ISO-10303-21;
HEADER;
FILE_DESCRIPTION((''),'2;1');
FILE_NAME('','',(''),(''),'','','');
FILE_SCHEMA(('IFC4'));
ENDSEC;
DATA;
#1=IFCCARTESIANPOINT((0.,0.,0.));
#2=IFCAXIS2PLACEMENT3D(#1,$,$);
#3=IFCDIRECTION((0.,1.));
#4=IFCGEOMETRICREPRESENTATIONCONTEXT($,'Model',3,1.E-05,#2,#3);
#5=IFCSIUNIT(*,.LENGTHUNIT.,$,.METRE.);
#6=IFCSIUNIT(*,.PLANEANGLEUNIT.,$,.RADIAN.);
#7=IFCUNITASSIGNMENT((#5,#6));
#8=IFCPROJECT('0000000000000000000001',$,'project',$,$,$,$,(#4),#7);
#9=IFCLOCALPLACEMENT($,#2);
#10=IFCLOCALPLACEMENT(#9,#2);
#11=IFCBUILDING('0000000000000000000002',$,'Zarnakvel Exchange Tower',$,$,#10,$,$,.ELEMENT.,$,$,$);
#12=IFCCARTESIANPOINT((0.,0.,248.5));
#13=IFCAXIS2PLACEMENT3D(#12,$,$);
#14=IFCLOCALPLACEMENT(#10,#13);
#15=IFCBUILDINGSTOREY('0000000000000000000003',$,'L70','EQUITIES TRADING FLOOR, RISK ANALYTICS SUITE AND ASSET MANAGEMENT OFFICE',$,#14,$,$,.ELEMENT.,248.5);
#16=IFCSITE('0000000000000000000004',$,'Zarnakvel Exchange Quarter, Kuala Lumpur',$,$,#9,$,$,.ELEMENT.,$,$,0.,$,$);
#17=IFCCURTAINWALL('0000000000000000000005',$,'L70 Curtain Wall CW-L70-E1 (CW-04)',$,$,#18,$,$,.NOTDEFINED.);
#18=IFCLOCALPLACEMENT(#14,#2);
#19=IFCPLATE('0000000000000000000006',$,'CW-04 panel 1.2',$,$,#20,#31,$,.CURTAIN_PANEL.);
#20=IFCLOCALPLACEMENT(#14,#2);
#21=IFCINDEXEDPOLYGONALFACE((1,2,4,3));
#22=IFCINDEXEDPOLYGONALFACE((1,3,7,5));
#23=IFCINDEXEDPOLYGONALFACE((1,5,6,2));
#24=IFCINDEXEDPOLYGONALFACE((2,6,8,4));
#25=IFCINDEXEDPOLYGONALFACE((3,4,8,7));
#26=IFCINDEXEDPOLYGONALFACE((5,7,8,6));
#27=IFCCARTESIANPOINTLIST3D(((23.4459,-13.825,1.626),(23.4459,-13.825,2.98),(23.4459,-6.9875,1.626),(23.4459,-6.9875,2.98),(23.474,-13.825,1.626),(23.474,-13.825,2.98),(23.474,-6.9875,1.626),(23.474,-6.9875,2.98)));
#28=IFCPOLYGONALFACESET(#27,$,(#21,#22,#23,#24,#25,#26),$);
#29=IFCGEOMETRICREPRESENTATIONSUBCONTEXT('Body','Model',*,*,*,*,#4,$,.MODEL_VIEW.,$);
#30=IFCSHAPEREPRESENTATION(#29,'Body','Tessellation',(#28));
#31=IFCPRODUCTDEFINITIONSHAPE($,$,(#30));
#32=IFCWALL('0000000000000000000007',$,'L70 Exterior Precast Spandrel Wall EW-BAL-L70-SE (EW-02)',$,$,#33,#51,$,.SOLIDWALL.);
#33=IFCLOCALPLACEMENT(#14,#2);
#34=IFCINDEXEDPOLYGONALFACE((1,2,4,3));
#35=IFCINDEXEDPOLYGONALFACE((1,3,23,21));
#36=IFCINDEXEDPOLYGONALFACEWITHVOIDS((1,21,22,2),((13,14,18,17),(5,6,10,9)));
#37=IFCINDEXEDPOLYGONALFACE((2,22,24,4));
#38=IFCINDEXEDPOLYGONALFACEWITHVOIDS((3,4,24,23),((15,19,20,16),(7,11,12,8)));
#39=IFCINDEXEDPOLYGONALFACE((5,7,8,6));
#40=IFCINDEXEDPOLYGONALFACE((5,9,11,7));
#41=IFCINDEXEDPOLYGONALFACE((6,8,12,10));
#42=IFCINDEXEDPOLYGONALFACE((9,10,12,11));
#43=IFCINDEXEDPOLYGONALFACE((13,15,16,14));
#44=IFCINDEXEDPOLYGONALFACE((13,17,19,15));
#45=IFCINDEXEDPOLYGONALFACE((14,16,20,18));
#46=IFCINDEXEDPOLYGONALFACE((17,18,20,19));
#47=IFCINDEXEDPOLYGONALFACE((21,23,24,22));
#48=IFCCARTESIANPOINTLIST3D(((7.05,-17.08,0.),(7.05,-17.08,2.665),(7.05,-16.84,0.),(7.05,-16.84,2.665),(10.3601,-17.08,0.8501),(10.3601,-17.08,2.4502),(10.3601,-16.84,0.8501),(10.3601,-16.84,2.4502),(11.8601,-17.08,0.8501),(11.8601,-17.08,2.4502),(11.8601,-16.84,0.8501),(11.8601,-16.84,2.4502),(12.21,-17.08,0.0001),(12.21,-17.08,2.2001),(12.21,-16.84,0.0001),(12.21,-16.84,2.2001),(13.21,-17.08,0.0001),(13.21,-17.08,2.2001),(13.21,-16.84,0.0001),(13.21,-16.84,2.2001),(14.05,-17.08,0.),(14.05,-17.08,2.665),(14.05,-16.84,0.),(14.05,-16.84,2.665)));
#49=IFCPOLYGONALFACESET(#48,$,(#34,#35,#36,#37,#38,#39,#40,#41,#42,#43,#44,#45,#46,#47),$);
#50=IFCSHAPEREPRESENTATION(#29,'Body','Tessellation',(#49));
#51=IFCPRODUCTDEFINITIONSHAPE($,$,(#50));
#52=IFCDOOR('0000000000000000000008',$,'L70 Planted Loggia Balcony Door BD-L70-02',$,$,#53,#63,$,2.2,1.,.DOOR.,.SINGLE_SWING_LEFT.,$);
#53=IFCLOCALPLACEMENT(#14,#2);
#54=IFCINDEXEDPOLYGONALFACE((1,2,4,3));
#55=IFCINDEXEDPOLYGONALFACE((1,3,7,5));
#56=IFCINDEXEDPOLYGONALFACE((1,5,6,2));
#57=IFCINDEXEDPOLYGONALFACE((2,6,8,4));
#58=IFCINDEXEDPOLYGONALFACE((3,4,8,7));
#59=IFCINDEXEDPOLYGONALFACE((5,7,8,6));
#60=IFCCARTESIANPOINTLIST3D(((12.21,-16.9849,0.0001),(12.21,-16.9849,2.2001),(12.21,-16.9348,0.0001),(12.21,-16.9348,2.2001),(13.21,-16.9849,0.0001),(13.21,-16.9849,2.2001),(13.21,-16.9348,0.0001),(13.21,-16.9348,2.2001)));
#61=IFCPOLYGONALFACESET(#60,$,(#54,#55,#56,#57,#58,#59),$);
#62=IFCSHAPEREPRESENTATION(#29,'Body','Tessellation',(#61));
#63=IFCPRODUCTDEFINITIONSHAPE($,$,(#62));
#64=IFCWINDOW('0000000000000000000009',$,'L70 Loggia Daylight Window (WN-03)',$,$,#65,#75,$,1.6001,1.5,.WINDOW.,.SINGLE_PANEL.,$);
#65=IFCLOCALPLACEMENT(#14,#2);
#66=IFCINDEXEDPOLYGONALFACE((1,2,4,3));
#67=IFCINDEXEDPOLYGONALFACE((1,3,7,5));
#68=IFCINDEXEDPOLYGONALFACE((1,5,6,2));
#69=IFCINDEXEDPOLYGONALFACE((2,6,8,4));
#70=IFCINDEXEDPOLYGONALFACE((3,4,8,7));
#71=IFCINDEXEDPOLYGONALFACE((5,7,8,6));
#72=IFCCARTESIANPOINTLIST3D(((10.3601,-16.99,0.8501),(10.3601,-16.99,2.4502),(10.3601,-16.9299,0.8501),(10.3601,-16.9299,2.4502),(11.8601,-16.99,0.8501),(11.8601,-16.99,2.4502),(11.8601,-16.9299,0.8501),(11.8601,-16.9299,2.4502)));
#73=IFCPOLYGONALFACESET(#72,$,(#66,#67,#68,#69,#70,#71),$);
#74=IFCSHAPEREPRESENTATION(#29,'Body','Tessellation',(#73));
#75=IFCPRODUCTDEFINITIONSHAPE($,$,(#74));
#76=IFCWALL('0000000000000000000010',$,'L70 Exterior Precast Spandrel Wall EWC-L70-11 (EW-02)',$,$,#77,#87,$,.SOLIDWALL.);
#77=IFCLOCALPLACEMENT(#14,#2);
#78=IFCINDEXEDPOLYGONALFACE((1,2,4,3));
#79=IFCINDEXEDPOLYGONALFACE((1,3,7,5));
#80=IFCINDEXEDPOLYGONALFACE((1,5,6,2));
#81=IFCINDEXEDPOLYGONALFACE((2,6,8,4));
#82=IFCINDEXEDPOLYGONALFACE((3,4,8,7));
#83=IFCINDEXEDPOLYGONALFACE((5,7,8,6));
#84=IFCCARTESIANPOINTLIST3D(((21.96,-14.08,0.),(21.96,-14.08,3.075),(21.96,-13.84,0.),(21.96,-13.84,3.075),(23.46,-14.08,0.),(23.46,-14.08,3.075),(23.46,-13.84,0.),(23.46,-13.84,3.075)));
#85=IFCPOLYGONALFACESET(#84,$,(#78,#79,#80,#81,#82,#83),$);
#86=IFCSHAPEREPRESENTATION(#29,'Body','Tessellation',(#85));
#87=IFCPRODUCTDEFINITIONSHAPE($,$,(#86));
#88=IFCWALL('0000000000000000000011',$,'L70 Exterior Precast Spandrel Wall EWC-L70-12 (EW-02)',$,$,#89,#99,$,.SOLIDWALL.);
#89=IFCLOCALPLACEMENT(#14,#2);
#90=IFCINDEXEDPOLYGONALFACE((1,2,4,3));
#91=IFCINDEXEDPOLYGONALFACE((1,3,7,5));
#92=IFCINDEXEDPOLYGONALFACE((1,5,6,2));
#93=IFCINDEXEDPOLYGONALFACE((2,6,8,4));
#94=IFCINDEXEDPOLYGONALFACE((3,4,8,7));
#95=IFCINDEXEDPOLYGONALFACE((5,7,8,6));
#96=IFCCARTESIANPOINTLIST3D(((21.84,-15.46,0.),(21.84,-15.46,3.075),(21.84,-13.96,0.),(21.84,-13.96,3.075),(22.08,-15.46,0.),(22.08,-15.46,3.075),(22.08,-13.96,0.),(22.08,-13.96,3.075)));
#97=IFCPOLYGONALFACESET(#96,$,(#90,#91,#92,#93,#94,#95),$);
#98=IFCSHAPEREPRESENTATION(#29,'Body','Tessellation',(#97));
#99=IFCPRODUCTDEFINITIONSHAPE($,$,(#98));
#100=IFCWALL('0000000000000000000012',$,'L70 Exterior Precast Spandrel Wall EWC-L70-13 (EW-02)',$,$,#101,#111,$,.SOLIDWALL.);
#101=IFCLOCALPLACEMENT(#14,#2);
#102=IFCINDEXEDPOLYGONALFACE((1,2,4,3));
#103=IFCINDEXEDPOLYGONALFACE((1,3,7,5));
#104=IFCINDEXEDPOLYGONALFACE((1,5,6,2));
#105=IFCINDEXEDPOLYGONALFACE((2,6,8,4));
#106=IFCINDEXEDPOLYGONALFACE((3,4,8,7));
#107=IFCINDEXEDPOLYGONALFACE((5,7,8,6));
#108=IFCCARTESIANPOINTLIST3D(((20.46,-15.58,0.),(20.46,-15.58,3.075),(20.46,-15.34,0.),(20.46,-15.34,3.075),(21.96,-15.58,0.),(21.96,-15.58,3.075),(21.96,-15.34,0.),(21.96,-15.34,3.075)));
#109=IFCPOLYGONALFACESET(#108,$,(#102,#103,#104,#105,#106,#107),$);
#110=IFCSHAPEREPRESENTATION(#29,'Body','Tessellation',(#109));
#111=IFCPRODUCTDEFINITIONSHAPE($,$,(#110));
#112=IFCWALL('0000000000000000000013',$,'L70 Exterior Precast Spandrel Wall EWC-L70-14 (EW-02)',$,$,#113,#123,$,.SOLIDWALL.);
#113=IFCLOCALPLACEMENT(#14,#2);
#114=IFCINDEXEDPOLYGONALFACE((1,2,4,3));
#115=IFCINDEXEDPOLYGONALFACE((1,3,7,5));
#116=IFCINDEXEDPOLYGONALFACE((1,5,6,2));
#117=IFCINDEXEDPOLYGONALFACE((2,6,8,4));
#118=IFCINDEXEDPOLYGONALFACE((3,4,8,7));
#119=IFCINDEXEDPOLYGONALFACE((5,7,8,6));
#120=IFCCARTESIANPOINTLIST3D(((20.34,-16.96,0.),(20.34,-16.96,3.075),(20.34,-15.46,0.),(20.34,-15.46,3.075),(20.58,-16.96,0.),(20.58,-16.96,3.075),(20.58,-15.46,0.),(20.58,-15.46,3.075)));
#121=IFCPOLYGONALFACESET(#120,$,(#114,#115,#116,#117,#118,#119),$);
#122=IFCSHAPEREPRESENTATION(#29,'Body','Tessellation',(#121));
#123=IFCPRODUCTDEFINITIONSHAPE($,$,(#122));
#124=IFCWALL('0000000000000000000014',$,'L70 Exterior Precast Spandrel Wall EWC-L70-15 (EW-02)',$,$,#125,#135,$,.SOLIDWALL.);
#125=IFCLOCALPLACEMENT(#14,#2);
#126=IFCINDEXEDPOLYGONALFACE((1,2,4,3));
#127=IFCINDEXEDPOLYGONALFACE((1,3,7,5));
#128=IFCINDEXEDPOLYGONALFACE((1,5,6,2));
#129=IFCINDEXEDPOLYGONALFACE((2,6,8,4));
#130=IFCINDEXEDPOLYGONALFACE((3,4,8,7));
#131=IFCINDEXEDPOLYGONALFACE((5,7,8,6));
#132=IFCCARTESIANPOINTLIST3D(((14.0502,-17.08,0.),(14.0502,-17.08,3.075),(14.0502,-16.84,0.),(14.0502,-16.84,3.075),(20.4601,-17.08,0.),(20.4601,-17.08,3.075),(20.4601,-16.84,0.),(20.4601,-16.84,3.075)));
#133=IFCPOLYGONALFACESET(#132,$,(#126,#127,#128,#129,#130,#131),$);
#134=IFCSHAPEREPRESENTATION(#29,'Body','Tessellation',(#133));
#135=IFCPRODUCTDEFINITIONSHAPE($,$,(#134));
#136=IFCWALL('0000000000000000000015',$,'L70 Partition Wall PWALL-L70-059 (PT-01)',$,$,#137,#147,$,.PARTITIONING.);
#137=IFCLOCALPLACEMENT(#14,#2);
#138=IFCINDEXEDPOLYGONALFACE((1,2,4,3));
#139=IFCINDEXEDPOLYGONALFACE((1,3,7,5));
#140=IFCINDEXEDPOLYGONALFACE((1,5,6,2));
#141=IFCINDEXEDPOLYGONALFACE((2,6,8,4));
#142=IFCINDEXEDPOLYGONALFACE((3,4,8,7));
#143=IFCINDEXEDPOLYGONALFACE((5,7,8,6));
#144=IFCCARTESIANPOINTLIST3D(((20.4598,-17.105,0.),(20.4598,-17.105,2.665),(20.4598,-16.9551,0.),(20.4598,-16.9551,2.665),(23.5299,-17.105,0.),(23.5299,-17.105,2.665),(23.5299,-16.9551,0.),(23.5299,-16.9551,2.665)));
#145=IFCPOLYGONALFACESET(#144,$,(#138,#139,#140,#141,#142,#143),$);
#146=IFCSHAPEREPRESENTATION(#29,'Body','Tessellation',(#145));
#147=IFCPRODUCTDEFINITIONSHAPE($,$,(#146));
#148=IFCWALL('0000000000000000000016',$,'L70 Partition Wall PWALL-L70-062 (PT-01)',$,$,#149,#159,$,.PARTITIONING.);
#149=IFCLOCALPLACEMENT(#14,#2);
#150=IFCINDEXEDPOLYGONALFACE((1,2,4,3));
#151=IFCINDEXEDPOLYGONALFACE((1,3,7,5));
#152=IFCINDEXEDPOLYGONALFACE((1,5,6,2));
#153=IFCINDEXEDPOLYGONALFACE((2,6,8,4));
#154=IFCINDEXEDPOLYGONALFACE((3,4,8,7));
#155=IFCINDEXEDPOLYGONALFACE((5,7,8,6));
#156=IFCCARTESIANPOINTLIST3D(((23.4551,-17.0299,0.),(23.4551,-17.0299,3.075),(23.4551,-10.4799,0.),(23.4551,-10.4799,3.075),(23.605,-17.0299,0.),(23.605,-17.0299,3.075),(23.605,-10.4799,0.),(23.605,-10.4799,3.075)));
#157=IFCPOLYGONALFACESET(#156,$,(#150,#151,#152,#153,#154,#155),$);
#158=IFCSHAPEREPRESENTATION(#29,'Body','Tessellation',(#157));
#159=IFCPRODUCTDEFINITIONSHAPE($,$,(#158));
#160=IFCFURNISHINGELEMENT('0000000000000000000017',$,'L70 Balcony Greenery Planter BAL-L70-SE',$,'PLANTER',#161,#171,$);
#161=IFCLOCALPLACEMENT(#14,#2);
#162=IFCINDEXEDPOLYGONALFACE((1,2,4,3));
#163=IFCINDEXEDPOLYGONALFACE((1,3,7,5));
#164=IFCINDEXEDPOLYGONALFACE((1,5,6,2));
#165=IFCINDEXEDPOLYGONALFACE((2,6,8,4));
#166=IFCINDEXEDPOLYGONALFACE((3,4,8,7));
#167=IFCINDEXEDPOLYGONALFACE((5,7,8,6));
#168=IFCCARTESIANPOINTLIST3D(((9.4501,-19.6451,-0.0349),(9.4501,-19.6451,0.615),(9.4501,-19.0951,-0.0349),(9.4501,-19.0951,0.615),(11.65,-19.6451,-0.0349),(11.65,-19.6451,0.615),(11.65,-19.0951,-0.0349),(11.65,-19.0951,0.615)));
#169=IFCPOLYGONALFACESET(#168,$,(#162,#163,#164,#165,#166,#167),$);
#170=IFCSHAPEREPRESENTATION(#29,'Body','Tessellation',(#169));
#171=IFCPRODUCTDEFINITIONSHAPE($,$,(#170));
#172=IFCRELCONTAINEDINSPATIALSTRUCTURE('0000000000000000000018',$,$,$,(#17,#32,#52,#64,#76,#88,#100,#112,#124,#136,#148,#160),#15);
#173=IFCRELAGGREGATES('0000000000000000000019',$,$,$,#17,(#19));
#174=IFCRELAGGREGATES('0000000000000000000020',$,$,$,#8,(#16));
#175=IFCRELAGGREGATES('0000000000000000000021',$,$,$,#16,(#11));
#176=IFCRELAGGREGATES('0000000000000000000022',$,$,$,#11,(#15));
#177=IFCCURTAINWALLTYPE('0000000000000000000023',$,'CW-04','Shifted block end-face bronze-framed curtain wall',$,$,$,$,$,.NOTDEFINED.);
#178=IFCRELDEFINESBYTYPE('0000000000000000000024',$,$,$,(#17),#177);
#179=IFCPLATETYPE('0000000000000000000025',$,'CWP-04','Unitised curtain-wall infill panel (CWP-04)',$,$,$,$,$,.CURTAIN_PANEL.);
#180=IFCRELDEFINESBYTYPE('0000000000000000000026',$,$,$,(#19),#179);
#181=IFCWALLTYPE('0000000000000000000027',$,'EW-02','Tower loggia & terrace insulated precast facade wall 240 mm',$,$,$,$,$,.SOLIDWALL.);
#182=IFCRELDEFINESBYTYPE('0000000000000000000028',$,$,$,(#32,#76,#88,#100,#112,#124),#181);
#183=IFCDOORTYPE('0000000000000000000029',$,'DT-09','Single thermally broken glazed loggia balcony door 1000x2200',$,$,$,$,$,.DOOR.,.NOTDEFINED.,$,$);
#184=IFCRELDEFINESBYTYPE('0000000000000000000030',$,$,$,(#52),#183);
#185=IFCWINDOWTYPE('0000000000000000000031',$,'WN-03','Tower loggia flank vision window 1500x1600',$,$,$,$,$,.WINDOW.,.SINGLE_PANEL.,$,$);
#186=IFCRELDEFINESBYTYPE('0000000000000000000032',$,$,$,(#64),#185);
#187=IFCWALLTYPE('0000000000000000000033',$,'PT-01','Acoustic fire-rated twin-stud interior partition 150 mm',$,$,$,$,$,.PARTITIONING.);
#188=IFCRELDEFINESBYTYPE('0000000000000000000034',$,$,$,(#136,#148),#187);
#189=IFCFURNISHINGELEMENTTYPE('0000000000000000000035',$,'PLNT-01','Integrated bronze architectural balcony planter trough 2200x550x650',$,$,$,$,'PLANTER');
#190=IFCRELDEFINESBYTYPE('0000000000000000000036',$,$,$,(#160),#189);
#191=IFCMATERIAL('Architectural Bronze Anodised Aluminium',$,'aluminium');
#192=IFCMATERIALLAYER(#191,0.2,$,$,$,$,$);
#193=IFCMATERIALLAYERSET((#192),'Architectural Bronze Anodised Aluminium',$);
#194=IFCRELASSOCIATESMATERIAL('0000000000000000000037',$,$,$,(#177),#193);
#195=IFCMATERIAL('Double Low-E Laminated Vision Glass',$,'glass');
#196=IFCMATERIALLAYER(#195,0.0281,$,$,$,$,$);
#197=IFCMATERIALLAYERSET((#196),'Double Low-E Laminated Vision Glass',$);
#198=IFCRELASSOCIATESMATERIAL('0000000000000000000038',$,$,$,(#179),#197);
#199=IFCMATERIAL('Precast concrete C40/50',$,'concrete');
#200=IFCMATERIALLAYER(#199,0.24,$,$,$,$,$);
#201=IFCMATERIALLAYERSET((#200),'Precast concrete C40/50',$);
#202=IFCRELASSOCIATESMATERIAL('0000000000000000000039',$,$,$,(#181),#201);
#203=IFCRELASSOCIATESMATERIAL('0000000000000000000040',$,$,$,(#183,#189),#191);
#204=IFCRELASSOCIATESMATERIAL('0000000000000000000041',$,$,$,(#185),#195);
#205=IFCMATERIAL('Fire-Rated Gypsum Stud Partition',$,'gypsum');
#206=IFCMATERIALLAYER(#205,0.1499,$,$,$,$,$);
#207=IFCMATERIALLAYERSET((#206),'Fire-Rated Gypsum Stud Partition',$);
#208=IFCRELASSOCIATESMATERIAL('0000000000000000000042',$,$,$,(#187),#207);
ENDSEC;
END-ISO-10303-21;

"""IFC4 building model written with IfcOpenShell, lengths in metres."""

from ifc_helpers import new_model, si_unit, direction, frame, frame_2d, origin, origin_2d, place, context, subcontext, project, spatial, rectangle, extrude, source, transform, mapped, material, layer, layer_set, type_object, element, fill, aggregate, save


model = new_model("IFC4")

# Units and contexts
model_context = context("Model", 3, precision=1e-05, world=origin(), true_north=direction((0.0, 1.0)))
body_context = subcontext(model_context, "Body", "Model", "MODEL_VIEW")
ifc_project = project(units=[si_unit("LENGTHUNIT", "METRE"), si_unit("PLANEANGLEUNIT", "RADIAN")], contexts=[model_context])

# Site, building, storey
site_placement = place(None, origin())
site = spatial("IfcSite", under=ifc_project, at=site_placement, Name="Zarnakvel Exchange Quarter, Kuala Lumpur", CompositionType="ELEMENT", RefElevation=0.0)
building_placement = place(site_placement, origin())
building = spatial("IfcBuilding", under=site, at=building_placement, Name="Zarnakvel Exchange Tower", CompositionType="ELEMENT")
storey_placement = place(building_placement, frame((0.0, 0.0, 248.5)))
storey = spatial("IfcBuildingStorey", under=building, at=storey_placement, Name="L70", Description="EQUITIES TRADING FLOOR, RISK ANALYTICS SUITE AND ASSET MANAGEMENT OFFICE", CompositionType="ELEMENT", Elevation=248.5)

# Curtain wall, plate
ifc_material_1 = material(Name="Architectural Bronze Anodised Aluminium", Category="aluminium")
ifc_layer_1 = layer(ifc_material_1, 0.2)
ifc_layer_set_1 = layer_set([ifc_layer_1], Name="Architectural Bronze Anodised Aluminium")
curtain_wall_type = type_object("IfcCurtainWallType", Name="CW-04", Description="Shifted block end-face bronze-framed curtain wall", PredefinedType="NOTDEFINED", material=ifc_layer_set_1)
curtain_wall_placement = place(storey_placement, origin())
curtain_wall = element("IfcCurtainWall", 1, at=curtain_wall_placement, inside=storey, type_object=curtain_wall_type, Name="L70 Curtain Wall CW-L70-E1 (CW-04)", PredefinedType="NOTDEFINED")
ifc_material_2 = material(Name="Double Low-E Laminated Vision Glass", Category="glass")
ifc_layer_2 = layer(ifc_material_2, 0.0281)
ifc_layer_set_2 = layer_set([ifc_layer_2], Name="Double Low-E Laminated Vision Glass")
plate_type = type_object("IfcPlateType", Name="CWP-04", Description="Unitised curtain-wall infill panel (CWP-04)", PredefinedType="CURTAIN_PANEL", material=ifc_layer_set_2)
shared_shape_1 = source(origin(), body_context, "Body", "SweptSolid", [
    extrude(rectangle(XDim=6.8374, YDim=0.0281, at=origin_2d()), origin(), (0.0, 0.0, 1.0), 1.354),
])
plate_1_placement = place(storey_placement, frame((23.46, -10.4062, 1.626), z_axis=(0.0, 0.0, 1.0), x_axis=(0.0, 1.0, 0.0)))
plate_1 = element("IfcPlate", 2, at=plate_1_placement, type_object=plate_type, Name="CW-04 panel 1.2", PredefinedType="CURTAIN_PANEL", context=body_context, shape_type="MappedRepresentation", body=[
    mapped(shared_shape_1, transform((0.0, 0.0, 0.0), x_axis=(1.0, 0.0, 0.0), y_axis=(0.0, 1.0, 0.0), z_axis=(0.0, 0.0, 1.0), scale=1.0)),
])
aggregate(curtain_wall, [plate_1])

# Wall, openings, door, window
ifc_material_3 = material(Name="Precast concrete C40/50", Category="concrete")
ifc_layer_3 = layer(ifc_material_3, 0.24)
ifc_layer_set_3 = layer_set([ifc_layer_3], Name="Precast concrete C40/50")
wall_type_1 = type_object("IfcWallType", Name="EW-02", Description="Tower loggia & terrace insulated precast facade wall 240 mm", PredefinedType="SOLIDWALL", material=ifc_layer_set_3)
wall_1_placement = place(storey_placement, frame((14.05, -16.96, 0.0), z_axis=(0.0, 0.0, 1.0), x_axis=(-1.0, 0.0, 0.0)))
wall_1 = element("IfcWall", 3, at=wall_1_placement, inside=storey, type_object=wall_type_1, Name="L70 Exterior Precast Spandrel Wall EW-BAL-L70-SE (EW-02)", PredefinedType="SOLIDWALL", context=body_context, shape_type="SweptSolid", body=[
    extrude(rectangle(XDim=7.0, YDim=0.24, at=frame_2d((3.5, 0.0))), origin(), (0.0, 0.0, 1.0), 2.665),
])
opening_1_placement = place(wall_1_placement, frame((0.8401, 0.0, 0.0)))
opening_1 = element("IfcOpeningElement", 4, at=opening_1_placement, cuts=wall_1, PredefinedType="OPENING", context=body_context, shape_type="SweptSolid", body=[
    extrude(rectangle(XDim=1.0, YDim=2.2, at=frame_2d((0.5, 1.1001))), frame((0.0, 0.1299, 0.0), z_axis=(0.0, -1.0, 0.0), x_axis=(1.0, 0.0, 0.0)), (0.0, 0.0, 1.0), 0.26),
])
opening_2_placement = place(wall_1_placement, frame((2.1899, 0.0, 0.8501)))
opening_2 = element("IfcOpeningElement", 5, at=opening_2_placement, cuts=wall_1, PredefinedType="OPENING", context=body_context, shape_type="SweptSolid", body=[
    extrude(rectangle(XDim=1.5, YDim=1.6001, at=frame_2d((0.75, 0.8))), frame((0.0, 0.1299, 0.0), z_axis=(0.0, -1.0, 0.0), x_axis=(1.0, 0.0, 0.0)), (0.0, 0.0, 1.0), 0.26),
])
door_type = type_object("IfcDoorType", Name="DT-09", Description="Single thermally broken glazed loggia balcony door 1000x2200", OperationType="NOTDEFINED", PredefinedType="DOOR", material=ifc_material_1)
shared_shape_2 = source(origin(), body_context, "Body", "SweptSolid", [
    extrude(rectangle(XDim=1.0, YDim=2.2, at=frame_2d((0.5, 1.1001))), frame((0.0, 0.0249, 0.0), z_axis=(0.0, -1.0, 0.0), x_axis=(1.0, 0.0, 0.0)), (0.0, 0.0, 1.0), 0.05),
])
door_placement = place(opening_1_placement, origin())
door = element("IfcDoor", 6, at=door_placement, inside=storey, type_object=door_type, Name="L70 Planted Loggia Balcony Door BD-L70-02", OperationType="SINGLE_SWING_LEFT", OverallHeight=2.2, OverallWidth=1.0, PredefinedType="DOOR", context=body_context, shape_type="MappedRepresentation", body=[
    mapped(shared_shape_2, transform((0.0, 0.0, 0.0), x_axis=(1.0, 0.0, 0.0), y_axis=(0.0, 1.0, 0.0), z_axis=(0.0, 0.0, 1.0), scale=1.0)),
])
fill(opening_1, door)
window_type = type_object("IfcWindowType", Name="WN-03", Description="Tower loggia flank vision window 1500x1600", PartitioningType="SINGLE_PANEL", PredefinedType="WINDOW", material=ifc_material_2)
shared_shape_3 = source(origin(), body_context, "Body", "SweptSolid", [
    extrude(rectangle(XDim=1.5, YDim=1.6001, at=frame_2d((0.75, 0.8))), frame((0.0, 0.03, 0.0), z_axis=(0.0, -1.0, 0.0), x_axis=(1.0, 0.0, 0.0)), (0.0, 0.0, 1.0), 0.0601),
])
window_placement = place(opening_2_placement, origin())
window = element("IfcWindow", 7, at=window_placement, inside=storey, type_object=window_type, Name="L70 Loggia Daylight Window (WN-03)", OverallHeight=1.6001, OverallWidth=1.5, PartitioningType="SINGLE_PANEL", PredefinedType="WINDOW", context=body_context, shape_type="MappedRepresentation", body=[
    mapped(shared_shape_3, transform((0.0, 0.0, 0.0), x_axis=(1.0, 0.0, 0.0), y_axis=(0.0, 1.0, 0.0), z_axis=(0.0, 0.0, 1.0), scale=1.0)),
])
fill(opening_2, window)

# Walls
for number, where, z_axis, x_axis, name in (
    (8, (21.96, -13.96, 0.0), (0.0, 0.0, 1.0), (1.0, 0.0, 0.0), "L70 Exterior Precast Spandrel Wall EWC-L70-11 (EW-02)"),
    (9, (21.96, -15.46, 0.0), (0.0, 0.0, 1.0), (0.0, 1.0, 0.0), "L70 Exterior Precast Spandrel Wall EWC-L70-12 (EW-02)"),
    (10, (20.46, -15.46, 0.0), (0.0, 0.0, 1.0), (1.0, 0.0, 0.0), "L70 Exterior Precast Spandrel Wall EWC-L70-13 (EW-02)"),
    (11, (20.46, -16.96, 0.0), (0.0, 0.0, 1.0), (0.0, 1.0, 0.0), "L70 Exterior Precast Spandrel Wall EWC-L70-14 (EW-02)"),
):
    element("IfcWall", number, at=place(storey_placement, frame(where, z_axis=z_axis, x_axis=x_axis)), inside=storey, type_object=wall_type_1, Name=name, PredefinedType="SOLIDWALL", context=body_context, shape_type="SweptSolid", body=[
        extrude(rectangle(XDim=1.5, YDim=0.24, at=frame_2d((0.75, 0.0))), origin(), (0.0, 0.0, 1.0), 3.075),
    ])
wall_2_placement = place(storey_placement, frame((14.05, -16.96, 0.0), z_axis=(0.0, 0.0, 1.0), x_axis=(1.0, 0.0, 0.0)))
element("IfcWall", 12, at=wall_2_placement, inside=storey, type_object=wall_type_1, Name="L70 Exterior Precast Spandrel Wall EWC-L70-15 (EW-02)", PredefinedType="SOLIDWALL", context=body_context, shape_type="SweptSolid", body=[
    extrude(rectangle(XDim=6.4099, YDim=0.24, at=frame_2d((3.2051, 0.0))), origin(), (0.0, 0.0, 1.0), 3.075),
])
ifc_material_4 = material(Name="Fire-Rated Gypsum Stud Partition", Category="gypsum")
ifc_layer_4 = layer(ifc_material_4, 0.1499)
ifc_layer_set_4 = layer_set([ifc_layer_4], Name="Fire-Rated Gypsum Stud Partition")
wall_type_2 = type_object("IfcWallType", Name="PT-01", Description="Acoustic fire-rated twin-stud interior partition 150 mm", PredefinedType="PARTITIONING", material=ifc_layer_set_4)
wall_3_placement = place(storey_placement, frame((23.53, -17.03, 0.0), z_axis=(0.0, 0.0, 1.0), x_axis=(-1.0, 0.0, 0.0)))
element("IfcWall", 13, at=wall_3_placement, inside=storey, type_object=wall_type_2, Name="L70 Partition Wall PWALL-L70-059 (PT-01)", PredefinedType="PARTITIONING", context=body_context, shape_type="SweptSolid", body=[
    extrude(rectangle(XDim=3.0701, YDim=0.1499, at=frame_2d((1.5352, 0.0))), origin(), (0.0, 0.0, 1.0), 2.665),
])
wall_4_placement = place(storey_placement, frame((23.53, -10.48, 0.0), z_axis=(0.0, 0.0, 1.0), x_axis=(0.0, -1.0, 0.0)))
element("IfcWall", 14, at=wall_4_placement, inside=storey, type_object=wall_type_2, Name="L70 Partition Wall PWALL-L70-062 (PT-01)", PredefinedType="PARTITIONING", context=body_context, shape_type="SweptSolid", body=[
    extrude(rectangle(XDim=6.55, YDim=0.1499, at=frame_2d((3.2749, 0.0))), origin(), (0.0, 0.0, 1.0), 3.075),
])

# Furnishing element
furnishing_element_type = type_object("IfcFurnishingElementType", Name="PLNT-01", Description="Integrated bronze architectural balcony planter trough 2200x550x650", ElementType="PLANTER", material=ifc_material_1)
shared_shape_4 = source(origin(), body_context, "Body", "SweptSolid", [
    extrude(rectangle(XDim=2.2, YDim=0.55, at=origin_2d()), origin(), (0.0, 0.0, 1.0), 0.6499),
])
furnishing_placement = place(storey_placement, frame((10.55, -19.3701, -0.0349), z_axis=(0.0, 0.0, 1.0), x_axis=(1.0, 0.0, 0.0)))
element("IfcFurnishingElement", 15, at=furnishing_placement, inside=storey, type_object=furnishing_element_type, Name="L70 Balcony Greenery Planter BAL-L70-SE", ObjectType="PLANTER", context=body_context, shape_type="MappedRepresentation", body=[
    mapped(shared_shape_4, transform((0.0, 0.0, 0.0), x_axis=(1.0, 0.0, 0.0), y_axis=(0.0, 1.0, 0.0), z_axis=(0.0, 0.0, 1.0), scale=1.0)),
])

save(model, "model.ifc")
